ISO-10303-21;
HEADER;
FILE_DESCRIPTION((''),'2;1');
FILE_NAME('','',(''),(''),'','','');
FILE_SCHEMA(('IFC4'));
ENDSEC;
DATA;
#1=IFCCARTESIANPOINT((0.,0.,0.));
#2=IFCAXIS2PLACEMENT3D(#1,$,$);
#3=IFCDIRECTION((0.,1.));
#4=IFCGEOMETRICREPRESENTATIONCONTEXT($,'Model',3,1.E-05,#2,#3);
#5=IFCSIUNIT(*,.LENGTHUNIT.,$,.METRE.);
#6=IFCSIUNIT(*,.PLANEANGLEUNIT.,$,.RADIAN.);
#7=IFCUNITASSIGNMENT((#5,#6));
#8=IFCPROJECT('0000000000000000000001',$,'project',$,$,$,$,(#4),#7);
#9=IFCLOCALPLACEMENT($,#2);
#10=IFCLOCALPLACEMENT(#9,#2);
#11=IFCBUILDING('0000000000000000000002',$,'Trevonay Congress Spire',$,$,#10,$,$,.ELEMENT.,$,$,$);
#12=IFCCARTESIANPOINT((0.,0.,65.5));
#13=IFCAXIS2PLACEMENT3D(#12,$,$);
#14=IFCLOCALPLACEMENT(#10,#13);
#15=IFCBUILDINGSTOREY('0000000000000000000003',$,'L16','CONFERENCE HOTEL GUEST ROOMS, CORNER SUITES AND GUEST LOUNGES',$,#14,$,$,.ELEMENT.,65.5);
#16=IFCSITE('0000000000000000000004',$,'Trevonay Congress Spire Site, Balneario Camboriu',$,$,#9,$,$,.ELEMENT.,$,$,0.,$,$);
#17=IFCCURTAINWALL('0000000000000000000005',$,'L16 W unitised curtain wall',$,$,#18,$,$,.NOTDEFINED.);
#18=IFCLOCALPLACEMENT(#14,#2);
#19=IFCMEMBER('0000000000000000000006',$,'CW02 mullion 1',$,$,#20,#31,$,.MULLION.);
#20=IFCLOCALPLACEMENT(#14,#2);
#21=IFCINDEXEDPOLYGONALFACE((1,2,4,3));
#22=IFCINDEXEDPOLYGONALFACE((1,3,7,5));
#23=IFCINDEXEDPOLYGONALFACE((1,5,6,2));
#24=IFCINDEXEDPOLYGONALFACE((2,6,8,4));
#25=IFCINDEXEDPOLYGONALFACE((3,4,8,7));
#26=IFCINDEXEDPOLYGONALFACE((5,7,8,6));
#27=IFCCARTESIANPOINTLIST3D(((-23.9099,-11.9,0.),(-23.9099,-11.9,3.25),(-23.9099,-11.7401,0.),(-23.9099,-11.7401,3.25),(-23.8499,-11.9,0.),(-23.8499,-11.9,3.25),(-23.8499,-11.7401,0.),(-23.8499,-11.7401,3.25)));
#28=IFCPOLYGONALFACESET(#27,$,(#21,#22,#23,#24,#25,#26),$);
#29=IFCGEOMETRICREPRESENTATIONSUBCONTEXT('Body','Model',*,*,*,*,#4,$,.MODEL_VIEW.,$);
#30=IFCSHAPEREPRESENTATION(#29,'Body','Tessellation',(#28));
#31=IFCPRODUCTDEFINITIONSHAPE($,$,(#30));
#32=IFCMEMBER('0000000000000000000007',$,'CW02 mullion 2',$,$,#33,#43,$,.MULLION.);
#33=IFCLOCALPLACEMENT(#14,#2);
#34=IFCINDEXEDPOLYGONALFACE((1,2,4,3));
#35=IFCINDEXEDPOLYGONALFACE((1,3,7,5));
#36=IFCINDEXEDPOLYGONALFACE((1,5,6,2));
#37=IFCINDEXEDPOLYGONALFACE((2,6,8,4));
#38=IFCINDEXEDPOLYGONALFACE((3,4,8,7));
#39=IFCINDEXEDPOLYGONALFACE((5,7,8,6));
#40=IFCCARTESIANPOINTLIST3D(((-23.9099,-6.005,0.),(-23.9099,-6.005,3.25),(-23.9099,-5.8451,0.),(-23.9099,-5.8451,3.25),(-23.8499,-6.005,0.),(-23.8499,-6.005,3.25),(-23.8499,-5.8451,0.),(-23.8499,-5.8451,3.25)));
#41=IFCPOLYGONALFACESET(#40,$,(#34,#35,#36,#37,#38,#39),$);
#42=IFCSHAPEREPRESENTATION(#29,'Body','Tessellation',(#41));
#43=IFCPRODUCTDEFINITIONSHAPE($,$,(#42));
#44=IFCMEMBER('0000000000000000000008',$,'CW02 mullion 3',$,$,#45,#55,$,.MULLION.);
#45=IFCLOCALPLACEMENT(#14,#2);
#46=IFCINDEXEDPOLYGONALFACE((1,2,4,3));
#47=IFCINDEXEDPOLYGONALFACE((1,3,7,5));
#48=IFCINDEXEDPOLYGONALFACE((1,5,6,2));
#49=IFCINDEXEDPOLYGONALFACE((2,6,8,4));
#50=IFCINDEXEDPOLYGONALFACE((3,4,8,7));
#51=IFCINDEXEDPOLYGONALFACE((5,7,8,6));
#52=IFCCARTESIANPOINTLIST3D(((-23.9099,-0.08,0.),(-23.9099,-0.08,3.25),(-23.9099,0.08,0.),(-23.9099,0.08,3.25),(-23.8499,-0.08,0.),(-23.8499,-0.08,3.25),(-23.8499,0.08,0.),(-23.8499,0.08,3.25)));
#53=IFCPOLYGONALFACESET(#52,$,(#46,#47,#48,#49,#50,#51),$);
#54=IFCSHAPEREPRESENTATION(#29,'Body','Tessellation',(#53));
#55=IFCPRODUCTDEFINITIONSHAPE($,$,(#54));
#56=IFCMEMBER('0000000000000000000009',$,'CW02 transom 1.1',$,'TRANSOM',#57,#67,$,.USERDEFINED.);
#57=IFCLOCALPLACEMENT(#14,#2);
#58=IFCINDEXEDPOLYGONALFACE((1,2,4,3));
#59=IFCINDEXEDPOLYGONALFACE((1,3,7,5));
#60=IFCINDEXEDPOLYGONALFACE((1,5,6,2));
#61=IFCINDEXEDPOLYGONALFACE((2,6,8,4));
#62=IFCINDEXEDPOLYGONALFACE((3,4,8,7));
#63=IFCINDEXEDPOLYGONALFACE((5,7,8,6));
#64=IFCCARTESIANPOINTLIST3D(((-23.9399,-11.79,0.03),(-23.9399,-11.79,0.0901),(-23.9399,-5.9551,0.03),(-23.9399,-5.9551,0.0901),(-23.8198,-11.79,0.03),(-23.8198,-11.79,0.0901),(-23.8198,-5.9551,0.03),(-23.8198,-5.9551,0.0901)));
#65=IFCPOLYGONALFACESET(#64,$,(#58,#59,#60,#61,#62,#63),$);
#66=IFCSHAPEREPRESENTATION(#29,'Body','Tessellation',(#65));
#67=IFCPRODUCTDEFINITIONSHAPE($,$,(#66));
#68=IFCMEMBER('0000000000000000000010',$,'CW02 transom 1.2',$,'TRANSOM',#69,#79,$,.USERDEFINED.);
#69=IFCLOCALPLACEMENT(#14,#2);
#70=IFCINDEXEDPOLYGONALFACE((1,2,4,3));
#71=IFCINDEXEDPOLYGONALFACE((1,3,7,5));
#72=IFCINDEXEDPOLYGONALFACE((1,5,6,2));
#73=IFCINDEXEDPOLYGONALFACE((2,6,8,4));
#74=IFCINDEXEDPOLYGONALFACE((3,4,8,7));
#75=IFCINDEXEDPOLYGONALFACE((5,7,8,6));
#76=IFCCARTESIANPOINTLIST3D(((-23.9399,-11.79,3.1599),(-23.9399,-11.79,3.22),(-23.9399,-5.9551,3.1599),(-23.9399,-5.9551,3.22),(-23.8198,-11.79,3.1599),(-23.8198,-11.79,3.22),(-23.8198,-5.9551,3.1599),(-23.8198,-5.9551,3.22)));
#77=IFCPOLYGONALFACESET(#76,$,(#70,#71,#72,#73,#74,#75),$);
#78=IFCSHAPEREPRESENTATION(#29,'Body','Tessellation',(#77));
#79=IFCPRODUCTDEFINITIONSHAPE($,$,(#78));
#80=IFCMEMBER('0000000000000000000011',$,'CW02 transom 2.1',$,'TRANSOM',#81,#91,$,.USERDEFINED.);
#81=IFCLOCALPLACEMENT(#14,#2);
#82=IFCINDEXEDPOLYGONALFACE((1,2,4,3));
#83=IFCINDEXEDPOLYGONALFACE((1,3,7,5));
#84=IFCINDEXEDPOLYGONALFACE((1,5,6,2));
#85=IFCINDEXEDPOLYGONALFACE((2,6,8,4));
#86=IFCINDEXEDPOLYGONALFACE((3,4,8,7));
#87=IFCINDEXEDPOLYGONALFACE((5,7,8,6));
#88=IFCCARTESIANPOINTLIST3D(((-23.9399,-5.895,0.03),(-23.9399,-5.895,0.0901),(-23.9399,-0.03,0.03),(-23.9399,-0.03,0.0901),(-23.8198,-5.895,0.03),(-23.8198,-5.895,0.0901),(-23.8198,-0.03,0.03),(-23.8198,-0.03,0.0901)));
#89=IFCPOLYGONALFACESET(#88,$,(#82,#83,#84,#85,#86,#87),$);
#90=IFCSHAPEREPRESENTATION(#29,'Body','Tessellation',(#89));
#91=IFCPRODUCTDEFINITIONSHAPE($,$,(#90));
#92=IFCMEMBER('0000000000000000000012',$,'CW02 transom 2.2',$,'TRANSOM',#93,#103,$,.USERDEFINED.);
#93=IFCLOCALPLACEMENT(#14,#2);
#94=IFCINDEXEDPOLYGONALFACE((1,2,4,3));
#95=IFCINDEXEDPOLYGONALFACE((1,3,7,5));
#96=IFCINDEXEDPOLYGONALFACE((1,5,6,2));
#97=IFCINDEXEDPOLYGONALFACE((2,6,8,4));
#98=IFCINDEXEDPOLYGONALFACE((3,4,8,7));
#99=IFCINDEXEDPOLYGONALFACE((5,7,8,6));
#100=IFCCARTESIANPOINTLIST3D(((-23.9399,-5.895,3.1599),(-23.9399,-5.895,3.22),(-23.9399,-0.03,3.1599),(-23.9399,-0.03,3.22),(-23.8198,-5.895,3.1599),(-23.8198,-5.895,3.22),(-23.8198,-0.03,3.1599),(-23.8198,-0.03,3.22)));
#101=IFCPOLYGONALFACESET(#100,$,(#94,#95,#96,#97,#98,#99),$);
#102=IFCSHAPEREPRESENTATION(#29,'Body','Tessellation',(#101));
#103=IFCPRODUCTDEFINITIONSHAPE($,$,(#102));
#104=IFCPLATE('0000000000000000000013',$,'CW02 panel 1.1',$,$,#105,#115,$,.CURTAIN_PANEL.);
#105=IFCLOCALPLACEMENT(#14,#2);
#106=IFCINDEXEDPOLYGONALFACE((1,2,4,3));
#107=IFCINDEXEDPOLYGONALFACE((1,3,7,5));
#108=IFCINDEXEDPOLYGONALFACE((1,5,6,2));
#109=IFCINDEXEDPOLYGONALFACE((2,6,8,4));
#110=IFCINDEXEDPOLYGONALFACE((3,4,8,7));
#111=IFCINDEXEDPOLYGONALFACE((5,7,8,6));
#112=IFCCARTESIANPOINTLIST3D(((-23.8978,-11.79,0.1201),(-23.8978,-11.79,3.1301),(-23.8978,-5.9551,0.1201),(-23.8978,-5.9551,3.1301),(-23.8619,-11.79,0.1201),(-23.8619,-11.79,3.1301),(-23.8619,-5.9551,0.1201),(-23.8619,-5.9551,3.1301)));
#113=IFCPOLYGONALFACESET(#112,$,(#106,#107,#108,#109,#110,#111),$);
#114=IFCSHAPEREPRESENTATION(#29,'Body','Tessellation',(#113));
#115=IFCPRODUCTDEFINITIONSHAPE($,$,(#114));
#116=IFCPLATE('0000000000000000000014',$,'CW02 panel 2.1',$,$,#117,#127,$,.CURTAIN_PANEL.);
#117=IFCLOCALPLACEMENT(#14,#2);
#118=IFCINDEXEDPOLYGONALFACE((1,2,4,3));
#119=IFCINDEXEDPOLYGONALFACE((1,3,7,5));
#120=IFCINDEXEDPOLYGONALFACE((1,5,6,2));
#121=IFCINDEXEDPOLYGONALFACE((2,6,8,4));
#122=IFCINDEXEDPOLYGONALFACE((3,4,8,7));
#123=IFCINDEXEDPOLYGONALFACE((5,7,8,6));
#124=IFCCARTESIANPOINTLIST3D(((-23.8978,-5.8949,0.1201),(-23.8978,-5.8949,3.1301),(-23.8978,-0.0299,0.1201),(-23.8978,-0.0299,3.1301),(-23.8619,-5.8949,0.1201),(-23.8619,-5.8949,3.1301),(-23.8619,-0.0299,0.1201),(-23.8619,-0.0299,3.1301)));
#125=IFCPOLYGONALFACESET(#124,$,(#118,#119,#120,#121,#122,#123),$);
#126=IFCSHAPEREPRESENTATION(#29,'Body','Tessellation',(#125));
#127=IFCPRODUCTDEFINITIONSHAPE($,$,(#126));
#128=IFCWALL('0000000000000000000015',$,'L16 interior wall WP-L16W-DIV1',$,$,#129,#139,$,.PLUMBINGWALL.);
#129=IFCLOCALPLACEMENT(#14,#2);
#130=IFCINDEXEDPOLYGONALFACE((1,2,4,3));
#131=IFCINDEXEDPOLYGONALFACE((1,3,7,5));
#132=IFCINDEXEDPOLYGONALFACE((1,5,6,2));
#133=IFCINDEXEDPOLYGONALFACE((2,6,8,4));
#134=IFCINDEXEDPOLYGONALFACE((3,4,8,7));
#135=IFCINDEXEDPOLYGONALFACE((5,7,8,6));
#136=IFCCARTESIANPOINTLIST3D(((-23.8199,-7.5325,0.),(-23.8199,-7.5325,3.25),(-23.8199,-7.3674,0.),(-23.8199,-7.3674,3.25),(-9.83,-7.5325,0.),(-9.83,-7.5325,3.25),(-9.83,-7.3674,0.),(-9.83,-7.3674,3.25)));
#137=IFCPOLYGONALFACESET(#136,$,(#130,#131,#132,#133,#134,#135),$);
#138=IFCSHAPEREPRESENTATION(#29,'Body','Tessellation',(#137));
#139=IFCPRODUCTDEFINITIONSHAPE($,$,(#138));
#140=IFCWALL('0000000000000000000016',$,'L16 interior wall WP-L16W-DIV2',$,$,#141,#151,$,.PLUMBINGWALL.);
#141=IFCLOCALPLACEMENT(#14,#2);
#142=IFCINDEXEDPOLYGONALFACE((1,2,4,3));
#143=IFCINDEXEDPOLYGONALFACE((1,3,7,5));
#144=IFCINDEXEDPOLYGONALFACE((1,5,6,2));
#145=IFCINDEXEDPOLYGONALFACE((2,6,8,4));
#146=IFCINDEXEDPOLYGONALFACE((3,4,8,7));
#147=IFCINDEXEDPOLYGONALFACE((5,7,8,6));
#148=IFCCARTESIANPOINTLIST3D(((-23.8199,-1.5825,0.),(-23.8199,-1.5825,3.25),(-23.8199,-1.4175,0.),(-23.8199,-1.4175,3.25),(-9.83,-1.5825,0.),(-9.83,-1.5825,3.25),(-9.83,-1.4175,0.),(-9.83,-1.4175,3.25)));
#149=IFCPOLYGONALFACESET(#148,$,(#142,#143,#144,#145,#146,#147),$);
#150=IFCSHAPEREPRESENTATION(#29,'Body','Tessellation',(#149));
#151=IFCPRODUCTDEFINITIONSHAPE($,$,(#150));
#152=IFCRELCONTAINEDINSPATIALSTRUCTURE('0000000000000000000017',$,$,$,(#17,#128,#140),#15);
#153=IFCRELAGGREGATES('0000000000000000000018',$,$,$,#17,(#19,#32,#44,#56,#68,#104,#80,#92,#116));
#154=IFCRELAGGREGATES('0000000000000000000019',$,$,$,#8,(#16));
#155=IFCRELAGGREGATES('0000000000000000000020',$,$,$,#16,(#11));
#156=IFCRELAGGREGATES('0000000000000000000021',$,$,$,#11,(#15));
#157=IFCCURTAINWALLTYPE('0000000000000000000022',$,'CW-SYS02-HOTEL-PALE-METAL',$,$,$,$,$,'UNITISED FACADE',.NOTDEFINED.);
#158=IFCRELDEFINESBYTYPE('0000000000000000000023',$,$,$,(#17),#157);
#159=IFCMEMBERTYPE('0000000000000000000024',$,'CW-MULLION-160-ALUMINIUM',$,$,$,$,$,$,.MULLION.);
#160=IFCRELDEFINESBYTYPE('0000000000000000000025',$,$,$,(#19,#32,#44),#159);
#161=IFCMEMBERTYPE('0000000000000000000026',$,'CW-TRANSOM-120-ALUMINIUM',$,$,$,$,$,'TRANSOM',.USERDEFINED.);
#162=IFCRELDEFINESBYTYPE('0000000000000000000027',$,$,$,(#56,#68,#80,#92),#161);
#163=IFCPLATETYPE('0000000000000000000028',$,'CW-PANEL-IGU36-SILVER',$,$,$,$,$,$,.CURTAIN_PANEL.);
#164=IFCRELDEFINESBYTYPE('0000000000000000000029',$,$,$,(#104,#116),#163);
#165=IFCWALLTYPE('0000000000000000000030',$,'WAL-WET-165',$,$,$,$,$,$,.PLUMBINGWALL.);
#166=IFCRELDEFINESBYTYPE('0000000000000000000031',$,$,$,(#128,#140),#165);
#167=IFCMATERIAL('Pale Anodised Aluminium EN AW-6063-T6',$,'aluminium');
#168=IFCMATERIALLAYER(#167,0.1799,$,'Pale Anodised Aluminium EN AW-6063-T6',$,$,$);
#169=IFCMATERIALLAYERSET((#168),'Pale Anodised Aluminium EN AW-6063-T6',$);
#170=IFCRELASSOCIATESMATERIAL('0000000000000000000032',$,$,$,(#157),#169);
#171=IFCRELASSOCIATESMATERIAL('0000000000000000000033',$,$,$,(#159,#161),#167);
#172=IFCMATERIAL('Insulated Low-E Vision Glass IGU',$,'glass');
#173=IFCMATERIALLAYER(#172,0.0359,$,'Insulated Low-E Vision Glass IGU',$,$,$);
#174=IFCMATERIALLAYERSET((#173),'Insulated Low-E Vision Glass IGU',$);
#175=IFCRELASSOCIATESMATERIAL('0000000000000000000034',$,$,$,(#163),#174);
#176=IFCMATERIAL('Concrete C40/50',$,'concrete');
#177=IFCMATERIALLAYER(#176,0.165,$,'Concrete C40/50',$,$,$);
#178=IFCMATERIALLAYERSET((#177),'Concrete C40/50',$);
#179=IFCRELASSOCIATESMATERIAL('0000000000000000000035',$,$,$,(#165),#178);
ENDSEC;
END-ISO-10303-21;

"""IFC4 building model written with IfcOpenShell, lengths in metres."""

from ifc_helpers import new_model, si_unit, direction, frame, frame_2d, origin, origin_2d, place, context, subcontext, project, spatial, rectangle, extrude, material, layer, layer_set, material_profile, profile_set, type_object, element, aggregate, save


model = new_model("IFC4")

# Units and contexts
model_context = context("Model", 3, precision=1e-05, world=origin(), true_north=direction((0.0, 1.0)))
body_context = subcontext(model_context, "Body", "Model", "MODEL_VIEW")
ifc_project = project(units=[si_unit("LENGTHUNIT", "METRE"), si_unit("PLANEANGLEUNIT", "RADIAN")], contexts=[model_context])

# Site, building, storey
site_placement = place(None, origin())
site = spatial("IfcSite", under=ifc_project, at=site_placement, Name="Trevonay Congress Spire Site, Balneario Camboriu", CompositionType="ELEMENT", RefElevation=0.0)
building_placement = place(site_placement, origin())
building = spatial("IfcBuilding", under=site, at=building_placement, Name="Trevonay Congress Spire", CompositionType="ELEMENT")
storey_placement = place(building_placement, frame((0.0, 0.0, 65.5)))
storey = spatial("IfcBuildingStorey", under=building, at=storey_placement, Name="L16", Description="CONFERENCE HOTEL GUEST ROOMS, CORNER SUITES AND GUEST LOUNGES", CompositionType="ELEMENT", Elevation=65.5)

# Curtain wall, members, plates
ifc_material_1 = material(Name="Pale Anodised Aluminium EN AW-6063-T6", Category="aluminium")
ifc_layer_1 = layer(ifc_material_1, 0.1799, Name="Pale Anodised Aluminium EN AW-6063-T6")
ifc_layer_set_1 = layer_set([ifc_layer_1], Name="Pale Anodised Aluminium EN AW-6063-T6")
curtain_wall_type = type_object("IfcCurtainWallType", Name="CW-SYS02-HOTEL-PALE-METAL", ElementType="UNITISED FACADE", PredefinedType="NOTDEFINED", material=ifc_layer_set_1)
curtain_wall_placement = place(storey_placement, origin())
curtain_wall = element("IfcCurtainWall", 1, at=curtain_wall_placement, inside=storey, type_object=curtain_wall_type, Name="L16 W unitised curtain wall", PredefinedType="NOTDEFINED")
ifc_material_profile_1 = material_profile(ifc_material_1, rectangle(XDim=0.0601, YDim=0.1599, at=origin_2d()), Name="CW-MULLION-160-ALUMINIUM")
ifc_profile_set_1 = profile_set([ifc_material_profile_1], Name="Pale Anodised Aluminium EN AW-6063-T6")
member_type_1 = type_object("IfcMemberType", Name="CW-MULLION-160-ALUMINIUM", PredefinedType="MULLION", material=ifc_profile_set_1)
member_1_placement = place(storey_placement, frame((-23.8799, -11.8201, 0.0), z_axis=(0.0, 0.0, 1.0), x_axis=(-1.0, 0.0, 0.0)))
member_1 = element("IfcMember", 2, at=member_1_placement, type_object=member_type_1, Name="CW02 mullion 1", PredefinedType="MULLION", context=body_context, shape_type="SweptSolid", body=[
    extrude(rectangle(XDim=0.0601, YDim=0.1599, at=origin_2d()), origin(), (0.0, 0.0, 1.0), 3.25),
])
member_2_placement = place(storey_placement, frame((-23.8799, -5.925, 0.0), z_axis=(0.0, 0.0, 1.0), x_axis=(-1.0, 0.0, 0.0)))
member_2 = element("IfcMember", 3, at=member_2_placement, type_object=member_type_1, Name="CW02 mullion 2", PredefinedType="MULLION", context=body_context, shape_type="SweptSolid", body=[
    extrude(rectangle(XDim=0.0601, YDim=0.1599, at=origin_2d()), origin(), (0.0, 0.0, 1.0), 3.25),
])
member_3_placement = place(storey_placement, frame((-23.8799, 0.0, 0.0), z_axis=(0.0, 0.0, 1.0), x_axis=(-1.0, 0.0, 0.0)))
member_3 = element("IfcMember", 4, at=member_3_placement, type_object=member_type_1, Name="CW02 mullion 3", PredefinedType="MULLION", context=body_context, shape_type="SweptSolid", body=[
    extrude(rectangle(XDim=0.0601, YDim=0.1599, at=origin_2d()), origin(), (0.0, 0.0, 1.0), 3.25),
])
ifc_material_profile_2 = material_profile(ifc_material_1, rectangle(XDim=0.1201, YDim=0.0601, at=origin_2d()), Name="CW-TRANSOM-120-ALUMINIUM")
ifc_profile_set_2 = profile_set([ifc_material_profile_2], Name="Pale Anodised Aluminium EN AW-6063-T6")
member_type_2 = type_object("IfcMemberType", Name="CW-TRANSOM-120-ALUMINIUM", ElementType="TRANSOM", PredefinedType="USERDEFINED", material=ifc_profile_set_2)
member_4_placement = place(storey_placement, frame((-23.8799, -11.79, 0.0601), z_axis=(0.0, 1.0, 0.0), x_axis=(-1.0, 0.0, 0.0)))
member_4 = element("IfcMember", 5, at=member_4_placement, type_object=member_type_2, Name="CW02 transom 1.1", ObjectType="TRANSOM", PredefinedType="USERDEFINED", context=body_context, shape_type="SweptSolid", body=[
    extrude(rectangle(XDim=0.1201, YDim=0.0601, at=origin_2d()), origin(), (0.0, 0.0, 1.0), 5.835),
])
member_5_placement = place(storey_placement, frame((-23.8799, -11.79, 3.1899), z_axis=(0.0, 1.0, 0.0), x_axis=(-1.0, 0.0, 0.0)))
member_5 = element("IfcMember", 6, at=member_5_placement, type_object=member_type_2, Name="CW02 transom 1.2", ObjectType="TRANSOM", PredefinedType="USERDEFINED", context=body_context, shape_type="SweptSolid", body=[
    extrude(rectangle(XDim=0.1201, YDim=0.0601, at=origin_2d()), origin(), (0.0, 0.0, 1.0), 5.835),
])
member_6_placement = place(storey_placement, frame((-23.8799, -5.895, 0.0601), z_axis=(0.0, 1.0, 0.0), x_axis=(-1.0, 0.0, 0.0)))
member_6 = element("IfcMember", 7, at=member_6_placement, type_object=member_type_2, Name="CW02 transom 2.1", ObjectType="TRANSOM", PredefinedType="USERDEFINED", context=body_context, shape_type="SweptSolid", body=[
    extrude(rectangle(XDim=0.1201, YDim=0.0601, at=origin_2d()), origin(), (0.0, 0.0, 1.0), 5.865),
])
member_7_placement = place(storey_placement, frame((-23.8799, -5.895, 3.1899), z_axis=(0.0, 1.0, 0.0), x_axis=(-1.0, 0.0, 0.0)))
member_7 = element("IfcMember", 8, at=member_7_placement, type_object=member_type_2, Name="CW02 transom 2.2", ObjectType="TRANSOM", PredefinedType="USERDEFINED", context=body_context, shape_type="SweptSolid", body=[
    extrude(rectangle(XDim=0.1201, YDim=0.0601, at=origin_2d()), origin(), (0.0, 0.0, 1.0), 5.865),
])
ifc_material_2 = material(Name="Insulated Low-E Vision Glass IGU", Category="glass")
ifc_layer_2 = layer(ifc_material_2, 0.0359, Name="Insulated Low-E Vision Glass IGU")
ifc_layer_set_2 = layer_set([ifc_layer_2], Name="Insulated Low-E Vision Glass IGU")
plate_type = type_object("IfcPlateType", Name="CW-PANEL-IGU36-SILVER", PredefinedType="CURTAIN_PANEL", material=ifc_layer_set_2)
plate_1_placement = place(storey_placement, frame((-23.8799, -8.8726, 0.1201), z_axis=(0.0, 0.0, 1.0), x_axis=(0.0, 1.0, 0.0)))
plate_1 = element("IfcPlate", 9, at=plate_1_placement, type_object=plate_type, Name="CW02 panel 1.1", PredefinedType="CURTAIN_PANEL", context=body_context, shape_type="SweptSolid", body=[
    extrude(rectangle(XDim=5.835, YDim=0.0359, at=origin_2d()), origin(), (0.0, 0.0, 1.0), 3.01),
])
plate_2_placement = place(storey_placement, frame((-23.8799, -2.9624, 0.1201), z_axis=(0.0, 0.0, 1.0), x_axis=(0.0, 1.0, 0.0)))
plate_2 = element("IfcPlate", 10, at=plate_2_placement, type_object=plate_type, Name="CW02 panel 2.1", PredefinedType="CURTAIN_PANEL", context=body_context, shape_type="SweptSolid", body=[
    extrude(rectangle(XDim=5.865, YDim=0.0359, at=origin_2d()), origin(), (0.0, 0.0, 1.0), 3.01),
])
aggregate(curtain_wall, [member_1, member_2, member_3, member_4, member_5, plate_1, member_6, member_7, plate_2])

# Walls
ifc_material_3 = material(Name="Concrete C40/50", Category="concrete")
ifc_layer_3 = layer(ifc_material_3, 0.165, Name="Concrete C40/50")
ifc_layer_set_3 = layer_set([ifc_layer_3], Name="Concrete C40/50")
wall_type = type_object("IfcWallType", Name="WAL-WET-165", PredefinedType="PLUMBINGWALL", material=ifc_layer_set_3)
for number, where, z_axis, x_axis, name in (
    (11, (-23.8201, -7.45, 0.0), (0.0, 0.0, 1.0), (1.0, 0.0, 0.0), "L16 interior wall WP-L16W-DIV1"),
    (12, (-23.8201, -1.5, 0.0), (0.0, 0.0, 1.0), (1.0, 0.0, 0.0), "L16 interior wall WP-L16W-DIV2"),
):
    element("IfcWall", number, at=place(storey_placement, frame(where, z_axis=z_axis, x_axis=x_axis)), inside=storey, type_object=wall_type, Name=name, PredefinedType="PLUMBINGWALL", context=body_context, shape_type="SweptSolid", body=[
        extrude(rectangle(XDim=13.99, YDim=0.165, at=frame_2d((6.9951, 0.0))), origin(), (0.0, 0.0, 1.0), 3.25),
    ])

save(model, "model.ifc")
